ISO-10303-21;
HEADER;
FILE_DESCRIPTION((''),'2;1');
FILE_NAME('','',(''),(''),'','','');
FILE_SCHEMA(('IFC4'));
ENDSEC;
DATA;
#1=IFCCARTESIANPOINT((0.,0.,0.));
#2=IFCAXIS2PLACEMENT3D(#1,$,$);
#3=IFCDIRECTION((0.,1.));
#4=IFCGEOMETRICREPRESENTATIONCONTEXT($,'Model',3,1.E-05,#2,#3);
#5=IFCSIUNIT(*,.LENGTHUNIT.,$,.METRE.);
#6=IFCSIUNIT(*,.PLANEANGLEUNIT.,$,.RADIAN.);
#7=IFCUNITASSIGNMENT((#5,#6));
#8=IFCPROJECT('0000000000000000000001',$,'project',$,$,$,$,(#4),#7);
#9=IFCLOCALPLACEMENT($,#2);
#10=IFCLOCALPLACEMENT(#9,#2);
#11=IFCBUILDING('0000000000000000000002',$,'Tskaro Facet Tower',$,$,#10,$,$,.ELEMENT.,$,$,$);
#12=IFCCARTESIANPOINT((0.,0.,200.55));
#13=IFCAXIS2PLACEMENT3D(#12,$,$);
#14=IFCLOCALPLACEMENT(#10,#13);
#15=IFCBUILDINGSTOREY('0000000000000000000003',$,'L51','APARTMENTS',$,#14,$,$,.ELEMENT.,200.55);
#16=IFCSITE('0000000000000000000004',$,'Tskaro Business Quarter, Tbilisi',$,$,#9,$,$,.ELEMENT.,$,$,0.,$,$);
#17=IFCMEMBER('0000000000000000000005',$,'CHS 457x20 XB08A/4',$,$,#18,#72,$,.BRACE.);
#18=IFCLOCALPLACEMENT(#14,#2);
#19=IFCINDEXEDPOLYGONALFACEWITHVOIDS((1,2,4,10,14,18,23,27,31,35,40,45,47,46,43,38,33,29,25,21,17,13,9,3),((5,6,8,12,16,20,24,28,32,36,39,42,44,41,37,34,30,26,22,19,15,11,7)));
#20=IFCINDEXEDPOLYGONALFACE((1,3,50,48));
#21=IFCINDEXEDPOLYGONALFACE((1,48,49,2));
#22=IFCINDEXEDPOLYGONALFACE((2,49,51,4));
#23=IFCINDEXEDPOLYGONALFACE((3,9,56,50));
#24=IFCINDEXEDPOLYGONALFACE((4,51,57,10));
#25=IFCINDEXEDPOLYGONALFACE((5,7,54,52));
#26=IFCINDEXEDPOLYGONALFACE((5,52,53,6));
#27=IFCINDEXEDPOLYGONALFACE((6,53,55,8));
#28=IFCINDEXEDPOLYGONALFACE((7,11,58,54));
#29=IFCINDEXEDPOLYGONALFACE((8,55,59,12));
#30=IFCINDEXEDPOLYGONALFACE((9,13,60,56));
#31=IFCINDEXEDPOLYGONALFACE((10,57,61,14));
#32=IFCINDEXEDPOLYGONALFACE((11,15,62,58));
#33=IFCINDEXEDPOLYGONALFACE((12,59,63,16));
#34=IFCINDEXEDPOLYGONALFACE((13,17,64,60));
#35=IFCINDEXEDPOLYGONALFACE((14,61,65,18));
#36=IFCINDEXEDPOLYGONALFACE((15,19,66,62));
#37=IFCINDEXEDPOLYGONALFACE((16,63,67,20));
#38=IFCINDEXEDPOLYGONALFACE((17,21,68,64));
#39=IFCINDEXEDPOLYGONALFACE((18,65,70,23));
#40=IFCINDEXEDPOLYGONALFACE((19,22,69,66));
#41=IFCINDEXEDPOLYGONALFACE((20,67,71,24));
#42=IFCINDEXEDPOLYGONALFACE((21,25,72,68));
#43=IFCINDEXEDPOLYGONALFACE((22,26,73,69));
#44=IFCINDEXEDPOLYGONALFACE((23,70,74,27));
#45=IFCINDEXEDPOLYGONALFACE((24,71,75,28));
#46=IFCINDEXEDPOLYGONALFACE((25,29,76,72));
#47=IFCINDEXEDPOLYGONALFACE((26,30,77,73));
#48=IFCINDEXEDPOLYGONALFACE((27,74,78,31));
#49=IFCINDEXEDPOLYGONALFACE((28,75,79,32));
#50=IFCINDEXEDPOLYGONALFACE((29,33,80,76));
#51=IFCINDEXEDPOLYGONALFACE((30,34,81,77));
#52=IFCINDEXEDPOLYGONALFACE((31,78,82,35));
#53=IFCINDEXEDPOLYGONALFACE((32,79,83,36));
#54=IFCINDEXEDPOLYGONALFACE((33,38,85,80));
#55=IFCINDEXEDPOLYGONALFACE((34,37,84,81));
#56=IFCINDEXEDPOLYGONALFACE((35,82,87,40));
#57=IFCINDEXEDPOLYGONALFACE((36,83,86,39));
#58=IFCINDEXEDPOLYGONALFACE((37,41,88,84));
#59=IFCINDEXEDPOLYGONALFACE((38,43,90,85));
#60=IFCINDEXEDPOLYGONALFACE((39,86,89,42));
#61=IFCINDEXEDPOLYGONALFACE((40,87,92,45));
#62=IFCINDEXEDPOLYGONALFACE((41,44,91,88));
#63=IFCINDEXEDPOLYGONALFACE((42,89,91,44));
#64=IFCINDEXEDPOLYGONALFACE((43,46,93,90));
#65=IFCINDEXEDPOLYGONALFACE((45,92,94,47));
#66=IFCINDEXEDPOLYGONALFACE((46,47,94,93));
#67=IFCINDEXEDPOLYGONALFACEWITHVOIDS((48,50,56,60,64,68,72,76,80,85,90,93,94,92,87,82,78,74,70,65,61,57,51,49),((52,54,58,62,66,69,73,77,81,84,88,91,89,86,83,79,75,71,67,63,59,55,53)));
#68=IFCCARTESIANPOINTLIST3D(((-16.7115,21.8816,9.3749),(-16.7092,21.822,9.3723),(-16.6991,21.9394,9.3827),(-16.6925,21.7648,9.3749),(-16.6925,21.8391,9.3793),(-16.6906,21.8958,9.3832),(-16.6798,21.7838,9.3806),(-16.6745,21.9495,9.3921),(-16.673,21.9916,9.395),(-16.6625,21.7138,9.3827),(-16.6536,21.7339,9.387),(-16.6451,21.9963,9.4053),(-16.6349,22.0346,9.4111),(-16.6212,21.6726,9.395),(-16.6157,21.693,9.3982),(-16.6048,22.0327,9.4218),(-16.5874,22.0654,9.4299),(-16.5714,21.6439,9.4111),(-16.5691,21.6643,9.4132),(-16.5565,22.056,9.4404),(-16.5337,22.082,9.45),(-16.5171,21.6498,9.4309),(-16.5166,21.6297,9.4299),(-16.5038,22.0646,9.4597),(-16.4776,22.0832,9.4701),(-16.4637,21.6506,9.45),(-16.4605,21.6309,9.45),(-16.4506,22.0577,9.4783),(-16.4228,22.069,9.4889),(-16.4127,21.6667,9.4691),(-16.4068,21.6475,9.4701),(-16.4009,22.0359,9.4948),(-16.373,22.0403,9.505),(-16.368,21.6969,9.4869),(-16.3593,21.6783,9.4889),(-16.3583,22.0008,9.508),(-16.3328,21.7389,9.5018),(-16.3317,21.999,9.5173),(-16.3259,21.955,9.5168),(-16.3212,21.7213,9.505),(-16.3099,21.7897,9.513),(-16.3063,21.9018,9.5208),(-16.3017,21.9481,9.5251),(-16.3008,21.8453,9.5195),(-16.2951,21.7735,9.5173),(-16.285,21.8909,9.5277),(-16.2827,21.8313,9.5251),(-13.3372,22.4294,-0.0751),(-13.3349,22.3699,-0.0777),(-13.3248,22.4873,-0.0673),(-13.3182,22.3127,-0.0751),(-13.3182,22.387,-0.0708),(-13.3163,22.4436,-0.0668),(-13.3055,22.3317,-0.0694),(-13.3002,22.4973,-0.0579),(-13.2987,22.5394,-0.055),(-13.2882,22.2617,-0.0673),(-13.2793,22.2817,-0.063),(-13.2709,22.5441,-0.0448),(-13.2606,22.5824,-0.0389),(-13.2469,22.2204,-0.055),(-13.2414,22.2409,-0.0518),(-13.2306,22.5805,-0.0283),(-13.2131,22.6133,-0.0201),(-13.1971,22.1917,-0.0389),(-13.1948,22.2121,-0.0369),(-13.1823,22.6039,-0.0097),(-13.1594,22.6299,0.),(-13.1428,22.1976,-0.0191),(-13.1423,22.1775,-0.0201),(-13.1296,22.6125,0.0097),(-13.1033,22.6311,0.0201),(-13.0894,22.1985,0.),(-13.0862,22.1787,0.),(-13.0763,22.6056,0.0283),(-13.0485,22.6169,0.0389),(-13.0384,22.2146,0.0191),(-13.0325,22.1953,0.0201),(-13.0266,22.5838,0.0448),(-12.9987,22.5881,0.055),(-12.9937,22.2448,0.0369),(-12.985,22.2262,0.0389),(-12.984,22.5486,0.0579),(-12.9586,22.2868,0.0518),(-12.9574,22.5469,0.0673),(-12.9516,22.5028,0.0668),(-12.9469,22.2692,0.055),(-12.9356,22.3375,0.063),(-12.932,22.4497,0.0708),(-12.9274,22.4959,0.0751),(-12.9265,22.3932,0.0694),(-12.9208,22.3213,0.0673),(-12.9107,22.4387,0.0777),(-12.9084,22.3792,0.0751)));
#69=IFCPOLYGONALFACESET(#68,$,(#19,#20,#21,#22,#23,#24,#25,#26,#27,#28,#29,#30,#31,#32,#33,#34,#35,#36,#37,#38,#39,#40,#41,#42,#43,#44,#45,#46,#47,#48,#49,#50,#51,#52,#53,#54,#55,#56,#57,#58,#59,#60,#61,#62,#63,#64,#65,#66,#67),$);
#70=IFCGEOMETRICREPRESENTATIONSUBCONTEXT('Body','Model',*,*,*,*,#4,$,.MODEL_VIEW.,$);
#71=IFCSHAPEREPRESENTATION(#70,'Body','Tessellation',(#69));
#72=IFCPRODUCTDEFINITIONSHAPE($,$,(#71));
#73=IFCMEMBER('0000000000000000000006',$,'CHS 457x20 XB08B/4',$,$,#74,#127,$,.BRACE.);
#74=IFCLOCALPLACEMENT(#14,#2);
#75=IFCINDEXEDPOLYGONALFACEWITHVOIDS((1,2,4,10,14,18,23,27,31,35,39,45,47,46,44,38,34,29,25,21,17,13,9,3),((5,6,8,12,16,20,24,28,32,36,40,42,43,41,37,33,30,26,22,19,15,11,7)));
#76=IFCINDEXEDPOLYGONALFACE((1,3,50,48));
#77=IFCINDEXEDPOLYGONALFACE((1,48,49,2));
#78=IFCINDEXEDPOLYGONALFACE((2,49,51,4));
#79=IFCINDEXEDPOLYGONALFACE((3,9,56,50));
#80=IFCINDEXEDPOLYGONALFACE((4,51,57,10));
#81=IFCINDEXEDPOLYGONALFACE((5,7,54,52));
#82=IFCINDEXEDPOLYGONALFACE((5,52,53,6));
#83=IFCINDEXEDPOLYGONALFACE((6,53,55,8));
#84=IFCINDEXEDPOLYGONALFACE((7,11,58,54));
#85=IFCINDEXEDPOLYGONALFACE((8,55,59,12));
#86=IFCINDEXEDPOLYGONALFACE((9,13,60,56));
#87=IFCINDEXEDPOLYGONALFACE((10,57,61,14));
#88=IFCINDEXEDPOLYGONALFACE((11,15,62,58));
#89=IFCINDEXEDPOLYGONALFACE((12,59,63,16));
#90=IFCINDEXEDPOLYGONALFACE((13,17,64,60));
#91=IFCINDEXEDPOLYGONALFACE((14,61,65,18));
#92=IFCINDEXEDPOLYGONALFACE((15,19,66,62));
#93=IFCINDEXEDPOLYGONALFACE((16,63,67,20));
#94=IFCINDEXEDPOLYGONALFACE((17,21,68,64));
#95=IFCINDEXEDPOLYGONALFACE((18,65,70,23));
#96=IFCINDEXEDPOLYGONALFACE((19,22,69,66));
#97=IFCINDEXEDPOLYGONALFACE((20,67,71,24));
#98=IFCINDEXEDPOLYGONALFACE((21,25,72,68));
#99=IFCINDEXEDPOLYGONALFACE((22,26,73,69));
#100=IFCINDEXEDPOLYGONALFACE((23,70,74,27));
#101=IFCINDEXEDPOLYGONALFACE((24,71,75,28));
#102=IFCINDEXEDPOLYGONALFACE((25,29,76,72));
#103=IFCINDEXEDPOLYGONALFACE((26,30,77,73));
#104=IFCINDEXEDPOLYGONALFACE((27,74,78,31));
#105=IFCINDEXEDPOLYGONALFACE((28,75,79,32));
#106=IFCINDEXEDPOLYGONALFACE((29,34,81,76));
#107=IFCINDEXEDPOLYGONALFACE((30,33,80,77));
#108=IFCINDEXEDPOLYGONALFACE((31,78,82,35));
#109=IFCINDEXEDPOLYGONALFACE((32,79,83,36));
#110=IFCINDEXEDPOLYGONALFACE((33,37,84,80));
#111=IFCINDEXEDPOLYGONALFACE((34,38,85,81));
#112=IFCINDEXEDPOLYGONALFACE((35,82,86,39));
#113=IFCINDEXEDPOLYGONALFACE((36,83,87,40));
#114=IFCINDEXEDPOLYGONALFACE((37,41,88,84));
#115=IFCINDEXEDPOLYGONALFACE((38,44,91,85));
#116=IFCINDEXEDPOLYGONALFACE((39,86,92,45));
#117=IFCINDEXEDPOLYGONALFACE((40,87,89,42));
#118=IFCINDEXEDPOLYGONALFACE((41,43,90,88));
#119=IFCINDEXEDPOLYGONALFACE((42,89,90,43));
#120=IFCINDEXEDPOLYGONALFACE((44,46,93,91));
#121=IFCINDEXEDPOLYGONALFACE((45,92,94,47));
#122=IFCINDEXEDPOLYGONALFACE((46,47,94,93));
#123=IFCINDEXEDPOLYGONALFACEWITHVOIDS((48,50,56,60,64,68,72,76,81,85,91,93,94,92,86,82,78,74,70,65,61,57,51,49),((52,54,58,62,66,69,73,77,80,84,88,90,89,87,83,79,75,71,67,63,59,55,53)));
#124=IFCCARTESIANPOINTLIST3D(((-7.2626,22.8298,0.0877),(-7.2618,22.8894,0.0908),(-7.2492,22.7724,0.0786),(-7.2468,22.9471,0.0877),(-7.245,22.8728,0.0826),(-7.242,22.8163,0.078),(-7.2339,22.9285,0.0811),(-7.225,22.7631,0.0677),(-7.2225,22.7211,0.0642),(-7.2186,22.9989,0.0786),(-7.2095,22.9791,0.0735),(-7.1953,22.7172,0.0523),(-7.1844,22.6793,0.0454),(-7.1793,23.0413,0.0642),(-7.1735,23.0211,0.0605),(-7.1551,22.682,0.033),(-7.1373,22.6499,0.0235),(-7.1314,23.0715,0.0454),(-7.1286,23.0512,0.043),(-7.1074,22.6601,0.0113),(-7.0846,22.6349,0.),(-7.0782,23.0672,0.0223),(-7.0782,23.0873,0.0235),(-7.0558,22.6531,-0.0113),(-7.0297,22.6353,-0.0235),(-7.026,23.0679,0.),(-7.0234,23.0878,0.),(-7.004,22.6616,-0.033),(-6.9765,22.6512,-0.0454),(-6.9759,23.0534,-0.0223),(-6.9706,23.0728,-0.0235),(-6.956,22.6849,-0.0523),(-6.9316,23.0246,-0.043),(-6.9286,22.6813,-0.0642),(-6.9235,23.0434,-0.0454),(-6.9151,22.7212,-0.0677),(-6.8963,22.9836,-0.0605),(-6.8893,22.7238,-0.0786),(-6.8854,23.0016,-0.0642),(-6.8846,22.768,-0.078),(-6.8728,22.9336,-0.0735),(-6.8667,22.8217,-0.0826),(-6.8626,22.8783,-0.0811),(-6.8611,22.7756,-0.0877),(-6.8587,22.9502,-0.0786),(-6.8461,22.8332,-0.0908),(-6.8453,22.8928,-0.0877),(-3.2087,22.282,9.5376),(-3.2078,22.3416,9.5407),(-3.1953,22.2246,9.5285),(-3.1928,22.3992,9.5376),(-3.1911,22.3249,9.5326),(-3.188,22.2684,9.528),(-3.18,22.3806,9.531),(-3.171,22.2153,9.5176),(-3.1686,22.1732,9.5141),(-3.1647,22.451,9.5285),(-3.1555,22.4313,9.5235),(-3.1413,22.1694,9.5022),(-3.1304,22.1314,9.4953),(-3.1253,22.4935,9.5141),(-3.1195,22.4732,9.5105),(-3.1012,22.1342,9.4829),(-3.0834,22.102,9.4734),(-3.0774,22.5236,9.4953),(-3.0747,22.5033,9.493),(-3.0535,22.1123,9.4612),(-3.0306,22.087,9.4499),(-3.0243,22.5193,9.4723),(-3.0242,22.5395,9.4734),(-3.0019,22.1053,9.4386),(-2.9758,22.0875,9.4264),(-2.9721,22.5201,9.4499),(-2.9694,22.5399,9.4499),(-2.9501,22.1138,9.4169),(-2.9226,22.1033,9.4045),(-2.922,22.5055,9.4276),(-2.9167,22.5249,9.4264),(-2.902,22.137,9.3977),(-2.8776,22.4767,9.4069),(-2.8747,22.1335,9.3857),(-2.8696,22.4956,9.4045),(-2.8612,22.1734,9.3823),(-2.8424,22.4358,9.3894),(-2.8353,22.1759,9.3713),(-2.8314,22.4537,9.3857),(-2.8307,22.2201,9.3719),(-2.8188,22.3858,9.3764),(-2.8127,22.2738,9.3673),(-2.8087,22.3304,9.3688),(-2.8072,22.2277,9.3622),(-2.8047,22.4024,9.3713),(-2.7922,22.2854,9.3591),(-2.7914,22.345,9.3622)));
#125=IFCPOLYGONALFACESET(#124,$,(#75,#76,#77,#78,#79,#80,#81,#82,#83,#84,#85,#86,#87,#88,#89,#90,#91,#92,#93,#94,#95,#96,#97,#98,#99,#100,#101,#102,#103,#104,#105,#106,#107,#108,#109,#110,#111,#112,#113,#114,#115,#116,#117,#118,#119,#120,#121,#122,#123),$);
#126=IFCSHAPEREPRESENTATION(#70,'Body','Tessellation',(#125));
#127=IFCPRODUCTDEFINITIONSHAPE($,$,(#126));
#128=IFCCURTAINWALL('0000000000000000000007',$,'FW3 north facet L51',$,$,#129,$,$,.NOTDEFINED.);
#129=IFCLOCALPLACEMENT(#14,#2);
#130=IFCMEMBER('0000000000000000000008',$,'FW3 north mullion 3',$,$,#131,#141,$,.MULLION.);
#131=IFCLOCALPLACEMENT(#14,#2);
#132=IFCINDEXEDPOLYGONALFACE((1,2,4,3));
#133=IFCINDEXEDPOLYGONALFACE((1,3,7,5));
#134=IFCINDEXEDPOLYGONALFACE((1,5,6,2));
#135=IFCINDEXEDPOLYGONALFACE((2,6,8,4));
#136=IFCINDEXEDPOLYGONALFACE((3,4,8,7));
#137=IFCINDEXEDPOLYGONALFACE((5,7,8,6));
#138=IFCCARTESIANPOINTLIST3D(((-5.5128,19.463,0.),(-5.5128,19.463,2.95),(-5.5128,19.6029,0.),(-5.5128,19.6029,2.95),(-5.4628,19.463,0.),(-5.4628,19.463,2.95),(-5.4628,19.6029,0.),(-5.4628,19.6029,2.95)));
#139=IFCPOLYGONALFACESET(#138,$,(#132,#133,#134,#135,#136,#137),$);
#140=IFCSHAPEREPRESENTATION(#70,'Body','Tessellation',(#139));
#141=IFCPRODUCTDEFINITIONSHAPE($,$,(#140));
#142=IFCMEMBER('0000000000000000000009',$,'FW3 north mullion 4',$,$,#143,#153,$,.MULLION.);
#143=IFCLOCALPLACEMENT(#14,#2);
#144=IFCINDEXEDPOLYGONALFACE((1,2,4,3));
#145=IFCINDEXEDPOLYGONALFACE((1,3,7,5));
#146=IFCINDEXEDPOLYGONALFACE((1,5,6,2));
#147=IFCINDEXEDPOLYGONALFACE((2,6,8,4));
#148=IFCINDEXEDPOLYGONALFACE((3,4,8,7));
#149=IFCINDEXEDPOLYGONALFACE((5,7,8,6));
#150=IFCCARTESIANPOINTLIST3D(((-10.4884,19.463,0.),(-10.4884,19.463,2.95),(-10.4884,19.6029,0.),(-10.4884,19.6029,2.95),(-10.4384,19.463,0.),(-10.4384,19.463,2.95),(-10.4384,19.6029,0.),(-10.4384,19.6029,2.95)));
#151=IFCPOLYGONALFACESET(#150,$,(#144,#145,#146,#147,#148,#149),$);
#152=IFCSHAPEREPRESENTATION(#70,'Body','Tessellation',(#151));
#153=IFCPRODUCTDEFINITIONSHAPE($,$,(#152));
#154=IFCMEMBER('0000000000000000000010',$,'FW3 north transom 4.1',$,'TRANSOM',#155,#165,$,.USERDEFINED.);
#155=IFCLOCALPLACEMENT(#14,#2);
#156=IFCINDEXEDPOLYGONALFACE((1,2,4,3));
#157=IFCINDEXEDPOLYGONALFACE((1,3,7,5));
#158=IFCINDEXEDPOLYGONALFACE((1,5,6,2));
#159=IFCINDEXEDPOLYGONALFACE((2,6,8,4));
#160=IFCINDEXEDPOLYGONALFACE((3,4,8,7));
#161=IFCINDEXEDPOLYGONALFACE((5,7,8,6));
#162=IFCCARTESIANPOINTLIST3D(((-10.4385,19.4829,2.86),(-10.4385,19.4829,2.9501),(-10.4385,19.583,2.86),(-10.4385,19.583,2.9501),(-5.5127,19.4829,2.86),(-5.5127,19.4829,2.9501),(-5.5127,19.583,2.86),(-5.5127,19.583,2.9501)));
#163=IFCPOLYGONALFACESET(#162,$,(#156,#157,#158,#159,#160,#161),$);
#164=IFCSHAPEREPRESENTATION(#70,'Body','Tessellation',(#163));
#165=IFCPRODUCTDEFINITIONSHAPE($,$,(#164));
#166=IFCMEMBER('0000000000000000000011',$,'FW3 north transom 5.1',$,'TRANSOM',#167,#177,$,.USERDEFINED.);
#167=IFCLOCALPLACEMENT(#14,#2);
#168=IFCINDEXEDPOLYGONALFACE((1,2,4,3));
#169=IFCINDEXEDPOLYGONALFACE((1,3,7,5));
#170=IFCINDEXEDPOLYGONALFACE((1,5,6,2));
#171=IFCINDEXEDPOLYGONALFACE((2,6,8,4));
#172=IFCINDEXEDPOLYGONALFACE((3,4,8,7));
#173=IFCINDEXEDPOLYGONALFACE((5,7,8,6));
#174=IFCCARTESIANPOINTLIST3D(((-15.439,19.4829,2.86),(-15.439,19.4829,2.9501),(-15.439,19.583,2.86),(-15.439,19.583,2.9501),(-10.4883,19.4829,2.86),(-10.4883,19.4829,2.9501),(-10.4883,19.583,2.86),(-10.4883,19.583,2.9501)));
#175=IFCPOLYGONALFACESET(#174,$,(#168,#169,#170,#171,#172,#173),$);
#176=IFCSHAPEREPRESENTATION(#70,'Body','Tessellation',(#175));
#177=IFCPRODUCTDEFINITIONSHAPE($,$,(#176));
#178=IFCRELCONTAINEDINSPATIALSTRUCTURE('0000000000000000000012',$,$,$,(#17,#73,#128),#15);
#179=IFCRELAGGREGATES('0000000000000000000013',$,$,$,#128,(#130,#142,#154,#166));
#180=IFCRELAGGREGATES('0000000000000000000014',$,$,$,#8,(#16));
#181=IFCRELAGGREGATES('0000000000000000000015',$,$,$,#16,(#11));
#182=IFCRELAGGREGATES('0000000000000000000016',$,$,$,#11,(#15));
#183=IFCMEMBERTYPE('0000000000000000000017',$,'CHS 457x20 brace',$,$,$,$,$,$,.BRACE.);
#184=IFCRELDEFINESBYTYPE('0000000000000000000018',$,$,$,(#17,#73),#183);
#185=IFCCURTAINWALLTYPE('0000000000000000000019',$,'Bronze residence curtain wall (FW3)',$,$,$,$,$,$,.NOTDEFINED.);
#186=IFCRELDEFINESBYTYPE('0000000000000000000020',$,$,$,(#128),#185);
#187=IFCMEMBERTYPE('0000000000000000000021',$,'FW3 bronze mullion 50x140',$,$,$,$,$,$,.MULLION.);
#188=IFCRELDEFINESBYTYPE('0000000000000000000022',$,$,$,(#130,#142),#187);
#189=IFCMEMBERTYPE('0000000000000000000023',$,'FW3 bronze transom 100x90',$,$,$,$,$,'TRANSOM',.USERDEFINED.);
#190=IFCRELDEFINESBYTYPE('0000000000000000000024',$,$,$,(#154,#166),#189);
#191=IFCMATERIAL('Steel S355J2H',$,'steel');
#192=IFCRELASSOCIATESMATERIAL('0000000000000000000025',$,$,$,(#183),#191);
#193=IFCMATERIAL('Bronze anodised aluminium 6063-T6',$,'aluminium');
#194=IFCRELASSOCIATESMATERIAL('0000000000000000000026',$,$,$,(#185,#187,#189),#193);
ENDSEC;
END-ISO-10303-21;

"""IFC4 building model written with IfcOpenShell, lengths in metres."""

from ifc_helpers import new_model, si_unit, direction, frame, origin, origin_2d, place, context, subcontext, project, spatial, rectangle, hollow_circle, extrude, material, material_profile, profile_set, type_object, element, aggregate, save


model = new_model("IFC4")

# Units and contexts
model_context = context("Model", 3, precision=1e-05, world=origin(), true_north=direction((0.0, 1.0)))
body_context = subcontext(model_context, "Body", "Model", "MODEL_VIEW")
ifc_project = project(units=[si_unit("LENGTHUNIT", "METRE"), si_unit("PLANEANGLEUNIT", "RADIAN")], contexts=[model_context])

# Site, building, storey
site_placement = place(None, origin())
site = spatial("IfcSite", under=ifc_project, at=site_placement, Name="Tskaro Business Quarter, Tbilisi", CompositionType="ELEMENT", RefElevation=0.0)
building_placement = place(site_placement, origin())
building = spatial("IfcBuilding", under=site, at=building_placement, Name="Tskaro Facet Tower", CompositionType="ELEMENT")
storey_placement = place(building_placement, frame((0.0, 0.0, 200.55)))
storey = spatial("IfcBuildingStorey", under=building, at=storey_placement, Name="L51", Description="APARTMENTS", CompositionType="ELEMENT", Elevation=200.55)

# Shared definitions
ifc_material_1 = material(Name="Steel S355J2H", Category="steel")

# Members
ifc_material_profile_1 = material_profile(ifc_material_1, hollow_circle(Radius=0.2285, WallThickness=0.02, at=origin_2d()), Name="CHS 457x20")
ifc_profile_set_1 = profile_set([ifc_material_profile_1], Name="Steel S355J2H")
member_type_1 = type_object("IfcMemberType", Name="CHS 457x20 brace", PredefinedType="BRACE", material=ifc_profile_set_1)
member_1_placement = place(storey_placement, frame((-13.1228, 22.4043, 0.0), z_axis=(-0.335773, -0.054517, 0.940364), x_axis=(0.160263, -0.987074, 0.0)))
element("IfcMember", 1, at=member_1_placement, inside=storey, type_object=member_type_1, Name="CHS 457x20 XB08A/4", PredefinedType="BRACE", context=body_context, shape_type="SweptSolid", body=[
    extrude(hollow_circle(Radius=0.2285, WallThickness=0.02, at=origin_2d()), origin(), (0.0, 0.0, 1.0), 10.0493),
])
member_2_placement = place(storey_placement, frame((-7.054, 22.8613, 0.0), z_axis=(0.393688, -0.053203, 0.917703), x_axis=(0.133923, 0.990992, 0.0)))
element("IfcMember", 2, at=member_2_placement, inside=storey, type_object=member_type_1, Name="CHS 457x20 XB08B/4", PredefinedType="BRACE", context=body_context, shape_type="SweptSolid", body=[
    extrude(hollow_circle(Radius=0.2285, WallThickness=0.02, at=origin_2d()), origin(), (0.0, 0.0, 1.0), 10.2974),
])

# Curtain wall, members
ifc_material_2 = material(Name="Bronze anodised aluminium 6063-T6", Category="aluminium")
curtain_wall_type = type_object("IfcCurtainWallType", Name="Bronze residence curtain wall (FW3)", PredefinedType="NOTDEFINED", material=ifc_material_2)
curtain_wall_placement = place(storey_placement, origin())
curtain_wall = element("IfcCurtainWall", 3, at=curtain_wall_placement, inside=storey, type_object=curtain_wall_type, Name="FW3 north facet L51", PredefinedType="NOTDEFINED")
ifc_material_profile_2 = material_profile(ifc_material_2, rectangle(XDim=0.05, YDim=0.1399, at=origin_2d()), Name="Mullion 50x140")
ifc_profile_set_2 = profile_set([ifc_material_profile_2], Name="Bronze anodised aluminium 6063-T6")
member_type_2 = type_object("IfcMemberType", Name="FW3 bronze mullion 50x140", PredefinedType="MULLION", material=ifc_profile_set_2)
member_3_placement = place(storey_placement, frame((-5.4878, 19.533, 0.0), z_axis=(0.0, 0.0, 1.0), x_axis=(-1.0, 0.0, 0.0)))
member_3 = element("IfcMember", 4, at=member_3_placement, type_object=member_type_2, Name="FW3 north mullion 3", PredefinedType="MULLION", context=body_context, shape_type="SweptSolid", body=[
    extrude(rectangle(XDim=0.05, YDim=0.1399, at=origin_2d()), origin(), (0.0, 0.0, 1.0), 2.95),
])
member_4_placement = place(storey_placement, frame((-10.4634, 19.533, 0.0), z_axis=(0.0, 0.0, 1.0), x_axis=(-1.0, 0.0, 0.0)))
member_4 = element("IfcMember", 5, at=member_4_placement, type_object=member_type_2, Name="FW3 north mullion 4", PredefinedType="MULLION", context=body_context, shape_type="SweptSolid", body=[
    extrude(rectangle(XDim=0.05, YDim=0.1399, at=origin_2d()), origin(), (0.0, 0.0, 1.0), 2.95),
])
ifc_material_profile_3 = material_profile(ifc_material_2, rectangle(XDim=0.1001, YDim=0.0901, at=origin_2d()), Name="Transom 100x90")
ifc_profile_set_3 = profile_set([ifc_material_profile_3], Name="Bronze anodised aluminium 6063-T6")
member_type_3 = type_object("IfcMemberType", Name="FW3 bronze transom 100x90", ElementType="TRANSOM", PredefinedType="USERDEFINED", material=ifc_profile_set_3)
member_5_placement = place(storey_placement, frame((-5.5127, 19.533, 2.905), z_axis=(-1.0, 0.0, 0.0), x_axis=(0.0, -1.0, 0.0)))
member_5 = element("IfcMember", 6, at=member_5_placement, type_object=member_type_3, Name="FW3 north transom 4.1", ObjectType="TRANSOM", PredefinedType="USERDEFINED", context=body_context, shape_type="SweptSolid", body=[
    extrude(rectangle(XDim=0.1001, YDim=0.0901, at=origin_2d()), origin(), (0.0, 0.0, 1.0), 4.9258),
])
member_6_placement = place(storey_placement, frame((-10.4883, 19.533, 2.905), z_axis=(-1.0, 0.0, 0.0), x_axis=(0.0, -1.0, 0.0)))
member_6 = element("IfcMember", 7, at=member_6_placement, type_object=member_type_3, Name="FW3 north transom 5.1", ObjectType="TRANSOM", PredefinedType="USERDEFINED", context=body_context, shape_type="SweptSolid", body=[
    extrude(rectangle(XDim=0.1001, YDim=0.0901, at=origin_2d()), origin(), (0.0, 0.0, 1.0), 4.9507),
])

aggregate(curtain_wall, [member_3, member_4, member_5, member_6])

save(model, "model.ifc")
